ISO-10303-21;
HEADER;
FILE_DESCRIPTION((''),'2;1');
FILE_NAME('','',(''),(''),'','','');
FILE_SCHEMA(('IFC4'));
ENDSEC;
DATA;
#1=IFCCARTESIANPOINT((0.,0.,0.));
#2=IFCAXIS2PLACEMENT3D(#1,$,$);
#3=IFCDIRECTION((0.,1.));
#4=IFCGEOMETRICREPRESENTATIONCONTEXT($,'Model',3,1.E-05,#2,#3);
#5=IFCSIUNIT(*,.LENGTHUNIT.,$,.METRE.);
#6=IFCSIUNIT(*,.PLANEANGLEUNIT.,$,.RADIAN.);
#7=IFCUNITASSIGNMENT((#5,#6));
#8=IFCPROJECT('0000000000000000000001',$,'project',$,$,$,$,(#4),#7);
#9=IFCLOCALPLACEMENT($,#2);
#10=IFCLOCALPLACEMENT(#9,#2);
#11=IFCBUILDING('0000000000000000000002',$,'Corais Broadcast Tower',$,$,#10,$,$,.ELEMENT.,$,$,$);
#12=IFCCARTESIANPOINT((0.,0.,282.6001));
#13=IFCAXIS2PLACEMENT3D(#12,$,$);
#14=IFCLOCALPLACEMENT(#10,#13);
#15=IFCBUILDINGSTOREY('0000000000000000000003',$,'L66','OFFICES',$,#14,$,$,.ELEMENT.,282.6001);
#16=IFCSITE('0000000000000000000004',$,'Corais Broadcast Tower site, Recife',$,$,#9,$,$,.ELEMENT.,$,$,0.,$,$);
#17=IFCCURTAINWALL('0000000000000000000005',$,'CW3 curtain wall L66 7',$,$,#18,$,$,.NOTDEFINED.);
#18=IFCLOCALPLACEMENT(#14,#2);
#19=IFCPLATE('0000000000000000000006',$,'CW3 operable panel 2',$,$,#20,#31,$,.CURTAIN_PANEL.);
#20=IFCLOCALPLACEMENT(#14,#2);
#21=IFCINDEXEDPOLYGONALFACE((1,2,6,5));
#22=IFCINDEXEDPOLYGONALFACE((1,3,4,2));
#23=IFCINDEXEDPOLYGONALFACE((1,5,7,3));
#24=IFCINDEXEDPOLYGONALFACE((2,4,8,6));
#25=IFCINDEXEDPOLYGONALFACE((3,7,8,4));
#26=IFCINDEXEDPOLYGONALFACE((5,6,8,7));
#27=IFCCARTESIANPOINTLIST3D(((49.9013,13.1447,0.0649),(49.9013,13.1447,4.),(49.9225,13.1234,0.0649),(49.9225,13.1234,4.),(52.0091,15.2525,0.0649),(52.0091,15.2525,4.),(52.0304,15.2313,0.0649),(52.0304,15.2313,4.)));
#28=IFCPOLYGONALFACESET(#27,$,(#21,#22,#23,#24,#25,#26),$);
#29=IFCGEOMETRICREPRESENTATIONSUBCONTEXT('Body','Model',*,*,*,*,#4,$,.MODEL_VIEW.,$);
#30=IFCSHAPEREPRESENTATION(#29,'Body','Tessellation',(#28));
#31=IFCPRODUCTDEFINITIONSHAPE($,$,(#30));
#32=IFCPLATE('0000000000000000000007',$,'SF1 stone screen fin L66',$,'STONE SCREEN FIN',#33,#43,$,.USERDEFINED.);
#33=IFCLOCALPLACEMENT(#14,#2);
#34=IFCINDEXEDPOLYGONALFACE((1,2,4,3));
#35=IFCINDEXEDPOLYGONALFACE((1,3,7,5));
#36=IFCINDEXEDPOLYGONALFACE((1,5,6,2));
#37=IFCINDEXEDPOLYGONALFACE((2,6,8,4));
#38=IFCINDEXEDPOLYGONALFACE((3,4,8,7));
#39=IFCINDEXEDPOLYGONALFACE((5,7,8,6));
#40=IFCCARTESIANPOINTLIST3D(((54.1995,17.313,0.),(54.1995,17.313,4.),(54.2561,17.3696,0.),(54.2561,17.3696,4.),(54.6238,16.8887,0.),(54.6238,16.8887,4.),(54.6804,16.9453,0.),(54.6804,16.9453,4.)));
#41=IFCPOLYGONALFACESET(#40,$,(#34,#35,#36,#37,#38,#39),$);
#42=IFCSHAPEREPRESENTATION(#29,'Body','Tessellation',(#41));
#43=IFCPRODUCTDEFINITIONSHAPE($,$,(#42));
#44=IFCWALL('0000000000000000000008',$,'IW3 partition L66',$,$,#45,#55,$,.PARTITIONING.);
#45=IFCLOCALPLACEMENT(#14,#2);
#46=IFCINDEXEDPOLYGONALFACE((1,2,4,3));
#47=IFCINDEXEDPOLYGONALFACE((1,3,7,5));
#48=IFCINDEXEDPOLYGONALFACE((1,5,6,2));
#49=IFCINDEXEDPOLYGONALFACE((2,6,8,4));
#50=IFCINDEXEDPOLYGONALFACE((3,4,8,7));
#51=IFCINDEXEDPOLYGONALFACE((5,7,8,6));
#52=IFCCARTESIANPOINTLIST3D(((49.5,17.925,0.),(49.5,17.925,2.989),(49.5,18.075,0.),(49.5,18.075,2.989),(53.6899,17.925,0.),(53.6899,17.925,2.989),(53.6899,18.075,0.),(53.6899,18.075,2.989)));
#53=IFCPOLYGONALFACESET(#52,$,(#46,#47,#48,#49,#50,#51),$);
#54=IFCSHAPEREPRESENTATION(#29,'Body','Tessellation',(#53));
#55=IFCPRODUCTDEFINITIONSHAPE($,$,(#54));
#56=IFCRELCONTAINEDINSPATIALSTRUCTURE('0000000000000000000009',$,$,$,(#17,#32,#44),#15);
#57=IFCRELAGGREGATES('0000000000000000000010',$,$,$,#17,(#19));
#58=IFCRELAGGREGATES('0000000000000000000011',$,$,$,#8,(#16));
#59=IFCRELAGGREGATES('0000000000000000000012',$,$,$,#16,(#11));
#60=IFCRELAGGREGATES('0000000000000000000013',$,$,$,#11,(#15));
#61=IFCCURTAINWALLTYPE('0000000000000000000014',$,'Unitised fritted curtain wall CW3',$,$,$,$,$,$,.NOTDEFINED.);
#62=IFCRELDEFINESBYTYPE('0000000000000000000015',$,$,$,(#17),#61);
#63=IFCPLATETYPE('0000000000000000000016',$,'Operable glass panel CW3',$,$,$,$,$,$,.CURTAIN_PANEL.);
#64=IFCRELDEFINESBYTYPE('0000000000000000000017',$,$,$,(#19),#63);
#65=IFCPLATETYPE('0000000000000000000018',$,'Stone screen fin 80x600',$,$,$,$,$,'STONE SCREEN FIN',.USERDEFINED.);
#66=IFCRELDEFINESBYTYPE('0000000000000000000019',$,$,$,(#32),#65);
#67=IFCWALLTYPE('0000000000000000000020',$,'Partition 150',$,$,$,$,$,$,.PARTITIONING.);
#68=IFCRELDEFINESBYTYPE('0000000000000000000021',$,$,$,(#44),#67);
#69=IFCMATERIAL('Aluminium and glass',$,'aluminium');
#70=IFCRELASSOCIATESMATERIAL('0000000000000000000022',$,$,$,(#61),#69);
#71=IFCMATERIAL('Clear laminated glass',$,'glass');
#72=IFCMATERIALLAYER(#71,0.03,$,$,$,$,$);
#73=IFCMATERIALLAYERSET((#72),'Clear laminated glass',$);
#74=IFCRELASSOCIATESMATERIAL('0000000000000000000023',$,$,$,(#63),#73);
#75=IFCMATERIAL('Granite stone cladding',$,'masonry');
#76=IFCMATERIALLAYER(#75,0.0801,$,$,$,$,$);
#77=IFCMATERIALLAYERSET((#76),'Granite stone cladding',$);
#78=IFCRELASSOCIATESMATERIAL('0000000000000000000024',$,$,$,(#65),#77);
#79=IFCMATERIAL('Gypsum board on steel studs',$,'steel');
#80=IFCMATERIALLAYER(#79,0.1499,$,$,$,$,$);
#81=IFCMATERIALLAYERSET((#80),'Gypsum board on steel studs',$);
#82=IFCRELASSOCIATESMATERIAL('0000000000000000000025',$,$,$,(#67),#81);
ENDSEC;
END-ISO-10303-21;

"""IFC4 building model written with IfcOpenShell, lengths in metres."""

from ifc_helpers import new_model, si_unit, direction, frame, frame_2d, origin, origin_2d, place, context, subcontext, project, spatial, rectangle, extrude, material, layer, layer_set, type_object, element, aggregate, save


model = new_model("IFC4")

# Units and contexts
model_context = context("Model", 3, precision=1e-05, world=origin(), true_north=direction((0.0, 1.0)))
body_context = subcontext(model_context, "Body", "Model", "MODEL_VIEW")
ifc_project = project(units=[si_unit("LENGTHUNIT", "METRE"), si_unit("PLANEANGLEUNIT", "RADIAN")], contexts=[model_context])

# Site, building, storey
site_placement = place(None, origin())
site = spatial("IfcSite", under=ifc_project, at=site_placement, Name="Corais Broadcast Tower site, Recife", CompositionType="ELEMENT", RefElevation=0.0)
building_placement = place(site_placement, origin())
building = spatial("IfcBuilding", under=site, at=building_placement, Name="Corais Broadcast Tower", CompositionType="ELEMENT")
storey_placement = place(building_placement, frame((0.0, 0.0, 282.6001)))
storey = spatial("IfcBuildingStorey", under=building, at=storey_placement, Name="L66", Description="OFFICES", CompositionType="ELEMENT", Elevation=282.6001)

# Curtain wall
ifc_material_1 = material(Name="Aluminium and glass", Category="aluminium")
curtain_wall_type = type_object("IfcCurtainWallType", Name="Unitised fritted curtain wall CW3", PredefinedType="NOTDEFINED", material=ifc_material_1)
curtain_wall_1_placement = place(storey_placement, origin())
curtain_wall_1 = element("IfcCurtainWall", 1, at=curtain_wall_1_placement, inside=storey, type_object=curtain_wall_type, Name="CW3 curtain wall L66 7", PredefinedType="NOTDEFINED")

# Plates
ifc_material_2 = material(Name="Clear laminated glass", Category="glass")
ifc_layer_1 = layer(ifc_material_2, 0.03)
ifc_layer_set_1 = layer_set([ifc_layer_1], Name="Clear laminated glass")
plate_type_1 = type_object("IfcPlateType", Name="Operable glass panel CW3", PredefinedType="CURTAIN_PANEL", material=ifc_layer_set_1)
plate_1_placement = place(storey_placement, frame((50.9658, 14.188, 0.0649), z_axis=(0.0, 0.0, 1.0), x_axis=(-0.707107, -0.707107, 0.0)))
plate_1 = element("IfcPlate", 2, at=plate_1_placement, type_object=plate_type_1, Name="CW3 operable panel 2", PredefinedType="CURTAIN_PANEL", context=body_context, shape_type="SweptSolid", body=[
    extrude(rectangle(XDim=2.981, YDim=0.03, at=origin_2d()), origin(), (0.0, 0.0, 1.0), 3.9351),
])
aggregate(curtain_wall_1, [plate_1])
ifc_material_3 = material(Name="Granite stone cladding", Category="masonry")
ifc_layer_2 = layer(ifc_material_3, 0.0801)
ifc_layer_set_2 = layer_set([ifc_layer_2], Name="Granite stone cladding")
plate_type_2 = type_object("IfcPlateType", Name="Stone screen fin 80x600", ElementType="STONE SCREEN FIN", PredefinedType="USERDEFINED", material=ifc_layer_set_2)
plate_2_placement = place(storey_placement, frame((54.4399, 17.1292, 0.0), z_axis=(0.0, 0.0, 1.0), x_axis=(-0.707107, -0.707107, 0.0)))
element("IfcPlate", 3, at=plate_2_placement, inside=storey, type_object=plate_type_2, Name="SF1 stone screen fin L66", ObjectType="STONE SCREEN FIN", PredefinedType="USERDEFINED", context=body_context, shape_type="SweptSolid", body=[
    extrude(rectangle(XDim=0.0801, YDim=0.6001, at=origin_2d()), origin(), (0.0, 0.0, 1.0), 4.0),
])

# Wall
ifc_material_4 = material(Name="Gypsum board on steel studs", Category="steel")
ifc_layer_3 = layer(ifc_material_4, 0.1499)
ifc_layer_set_3 = layer_set([ifc_layer_3], Name="Gypsum board on steel studs")
wall_type = type_object("IfcWallType", Name="Partition 150", PredefinedType="PARTITIONING", material=ifc_layer_set_3)
wall_placement = place(storey_placement, frame((49.5, 18.0, 0.0), z_axis=(0.0, 0.0, 1.0), x_axis=(1.0, 0.0, 0.0)))
element("IfcWall", 4, at=wall_placement, inside=storey, type_object=wall_type, Name="IW3 partition L66", PredefinedType="PARTITIONING", context=body_context, shape_type="SweptSolid", body=[
    extrude(rectangle(XDim=4.1899, YDim=0.1499, at=frame_2d((2.095, 0.0))), origin(), (0.0, 0.0, 1.0), 2.989),
])

save(model, "model.ifc")
